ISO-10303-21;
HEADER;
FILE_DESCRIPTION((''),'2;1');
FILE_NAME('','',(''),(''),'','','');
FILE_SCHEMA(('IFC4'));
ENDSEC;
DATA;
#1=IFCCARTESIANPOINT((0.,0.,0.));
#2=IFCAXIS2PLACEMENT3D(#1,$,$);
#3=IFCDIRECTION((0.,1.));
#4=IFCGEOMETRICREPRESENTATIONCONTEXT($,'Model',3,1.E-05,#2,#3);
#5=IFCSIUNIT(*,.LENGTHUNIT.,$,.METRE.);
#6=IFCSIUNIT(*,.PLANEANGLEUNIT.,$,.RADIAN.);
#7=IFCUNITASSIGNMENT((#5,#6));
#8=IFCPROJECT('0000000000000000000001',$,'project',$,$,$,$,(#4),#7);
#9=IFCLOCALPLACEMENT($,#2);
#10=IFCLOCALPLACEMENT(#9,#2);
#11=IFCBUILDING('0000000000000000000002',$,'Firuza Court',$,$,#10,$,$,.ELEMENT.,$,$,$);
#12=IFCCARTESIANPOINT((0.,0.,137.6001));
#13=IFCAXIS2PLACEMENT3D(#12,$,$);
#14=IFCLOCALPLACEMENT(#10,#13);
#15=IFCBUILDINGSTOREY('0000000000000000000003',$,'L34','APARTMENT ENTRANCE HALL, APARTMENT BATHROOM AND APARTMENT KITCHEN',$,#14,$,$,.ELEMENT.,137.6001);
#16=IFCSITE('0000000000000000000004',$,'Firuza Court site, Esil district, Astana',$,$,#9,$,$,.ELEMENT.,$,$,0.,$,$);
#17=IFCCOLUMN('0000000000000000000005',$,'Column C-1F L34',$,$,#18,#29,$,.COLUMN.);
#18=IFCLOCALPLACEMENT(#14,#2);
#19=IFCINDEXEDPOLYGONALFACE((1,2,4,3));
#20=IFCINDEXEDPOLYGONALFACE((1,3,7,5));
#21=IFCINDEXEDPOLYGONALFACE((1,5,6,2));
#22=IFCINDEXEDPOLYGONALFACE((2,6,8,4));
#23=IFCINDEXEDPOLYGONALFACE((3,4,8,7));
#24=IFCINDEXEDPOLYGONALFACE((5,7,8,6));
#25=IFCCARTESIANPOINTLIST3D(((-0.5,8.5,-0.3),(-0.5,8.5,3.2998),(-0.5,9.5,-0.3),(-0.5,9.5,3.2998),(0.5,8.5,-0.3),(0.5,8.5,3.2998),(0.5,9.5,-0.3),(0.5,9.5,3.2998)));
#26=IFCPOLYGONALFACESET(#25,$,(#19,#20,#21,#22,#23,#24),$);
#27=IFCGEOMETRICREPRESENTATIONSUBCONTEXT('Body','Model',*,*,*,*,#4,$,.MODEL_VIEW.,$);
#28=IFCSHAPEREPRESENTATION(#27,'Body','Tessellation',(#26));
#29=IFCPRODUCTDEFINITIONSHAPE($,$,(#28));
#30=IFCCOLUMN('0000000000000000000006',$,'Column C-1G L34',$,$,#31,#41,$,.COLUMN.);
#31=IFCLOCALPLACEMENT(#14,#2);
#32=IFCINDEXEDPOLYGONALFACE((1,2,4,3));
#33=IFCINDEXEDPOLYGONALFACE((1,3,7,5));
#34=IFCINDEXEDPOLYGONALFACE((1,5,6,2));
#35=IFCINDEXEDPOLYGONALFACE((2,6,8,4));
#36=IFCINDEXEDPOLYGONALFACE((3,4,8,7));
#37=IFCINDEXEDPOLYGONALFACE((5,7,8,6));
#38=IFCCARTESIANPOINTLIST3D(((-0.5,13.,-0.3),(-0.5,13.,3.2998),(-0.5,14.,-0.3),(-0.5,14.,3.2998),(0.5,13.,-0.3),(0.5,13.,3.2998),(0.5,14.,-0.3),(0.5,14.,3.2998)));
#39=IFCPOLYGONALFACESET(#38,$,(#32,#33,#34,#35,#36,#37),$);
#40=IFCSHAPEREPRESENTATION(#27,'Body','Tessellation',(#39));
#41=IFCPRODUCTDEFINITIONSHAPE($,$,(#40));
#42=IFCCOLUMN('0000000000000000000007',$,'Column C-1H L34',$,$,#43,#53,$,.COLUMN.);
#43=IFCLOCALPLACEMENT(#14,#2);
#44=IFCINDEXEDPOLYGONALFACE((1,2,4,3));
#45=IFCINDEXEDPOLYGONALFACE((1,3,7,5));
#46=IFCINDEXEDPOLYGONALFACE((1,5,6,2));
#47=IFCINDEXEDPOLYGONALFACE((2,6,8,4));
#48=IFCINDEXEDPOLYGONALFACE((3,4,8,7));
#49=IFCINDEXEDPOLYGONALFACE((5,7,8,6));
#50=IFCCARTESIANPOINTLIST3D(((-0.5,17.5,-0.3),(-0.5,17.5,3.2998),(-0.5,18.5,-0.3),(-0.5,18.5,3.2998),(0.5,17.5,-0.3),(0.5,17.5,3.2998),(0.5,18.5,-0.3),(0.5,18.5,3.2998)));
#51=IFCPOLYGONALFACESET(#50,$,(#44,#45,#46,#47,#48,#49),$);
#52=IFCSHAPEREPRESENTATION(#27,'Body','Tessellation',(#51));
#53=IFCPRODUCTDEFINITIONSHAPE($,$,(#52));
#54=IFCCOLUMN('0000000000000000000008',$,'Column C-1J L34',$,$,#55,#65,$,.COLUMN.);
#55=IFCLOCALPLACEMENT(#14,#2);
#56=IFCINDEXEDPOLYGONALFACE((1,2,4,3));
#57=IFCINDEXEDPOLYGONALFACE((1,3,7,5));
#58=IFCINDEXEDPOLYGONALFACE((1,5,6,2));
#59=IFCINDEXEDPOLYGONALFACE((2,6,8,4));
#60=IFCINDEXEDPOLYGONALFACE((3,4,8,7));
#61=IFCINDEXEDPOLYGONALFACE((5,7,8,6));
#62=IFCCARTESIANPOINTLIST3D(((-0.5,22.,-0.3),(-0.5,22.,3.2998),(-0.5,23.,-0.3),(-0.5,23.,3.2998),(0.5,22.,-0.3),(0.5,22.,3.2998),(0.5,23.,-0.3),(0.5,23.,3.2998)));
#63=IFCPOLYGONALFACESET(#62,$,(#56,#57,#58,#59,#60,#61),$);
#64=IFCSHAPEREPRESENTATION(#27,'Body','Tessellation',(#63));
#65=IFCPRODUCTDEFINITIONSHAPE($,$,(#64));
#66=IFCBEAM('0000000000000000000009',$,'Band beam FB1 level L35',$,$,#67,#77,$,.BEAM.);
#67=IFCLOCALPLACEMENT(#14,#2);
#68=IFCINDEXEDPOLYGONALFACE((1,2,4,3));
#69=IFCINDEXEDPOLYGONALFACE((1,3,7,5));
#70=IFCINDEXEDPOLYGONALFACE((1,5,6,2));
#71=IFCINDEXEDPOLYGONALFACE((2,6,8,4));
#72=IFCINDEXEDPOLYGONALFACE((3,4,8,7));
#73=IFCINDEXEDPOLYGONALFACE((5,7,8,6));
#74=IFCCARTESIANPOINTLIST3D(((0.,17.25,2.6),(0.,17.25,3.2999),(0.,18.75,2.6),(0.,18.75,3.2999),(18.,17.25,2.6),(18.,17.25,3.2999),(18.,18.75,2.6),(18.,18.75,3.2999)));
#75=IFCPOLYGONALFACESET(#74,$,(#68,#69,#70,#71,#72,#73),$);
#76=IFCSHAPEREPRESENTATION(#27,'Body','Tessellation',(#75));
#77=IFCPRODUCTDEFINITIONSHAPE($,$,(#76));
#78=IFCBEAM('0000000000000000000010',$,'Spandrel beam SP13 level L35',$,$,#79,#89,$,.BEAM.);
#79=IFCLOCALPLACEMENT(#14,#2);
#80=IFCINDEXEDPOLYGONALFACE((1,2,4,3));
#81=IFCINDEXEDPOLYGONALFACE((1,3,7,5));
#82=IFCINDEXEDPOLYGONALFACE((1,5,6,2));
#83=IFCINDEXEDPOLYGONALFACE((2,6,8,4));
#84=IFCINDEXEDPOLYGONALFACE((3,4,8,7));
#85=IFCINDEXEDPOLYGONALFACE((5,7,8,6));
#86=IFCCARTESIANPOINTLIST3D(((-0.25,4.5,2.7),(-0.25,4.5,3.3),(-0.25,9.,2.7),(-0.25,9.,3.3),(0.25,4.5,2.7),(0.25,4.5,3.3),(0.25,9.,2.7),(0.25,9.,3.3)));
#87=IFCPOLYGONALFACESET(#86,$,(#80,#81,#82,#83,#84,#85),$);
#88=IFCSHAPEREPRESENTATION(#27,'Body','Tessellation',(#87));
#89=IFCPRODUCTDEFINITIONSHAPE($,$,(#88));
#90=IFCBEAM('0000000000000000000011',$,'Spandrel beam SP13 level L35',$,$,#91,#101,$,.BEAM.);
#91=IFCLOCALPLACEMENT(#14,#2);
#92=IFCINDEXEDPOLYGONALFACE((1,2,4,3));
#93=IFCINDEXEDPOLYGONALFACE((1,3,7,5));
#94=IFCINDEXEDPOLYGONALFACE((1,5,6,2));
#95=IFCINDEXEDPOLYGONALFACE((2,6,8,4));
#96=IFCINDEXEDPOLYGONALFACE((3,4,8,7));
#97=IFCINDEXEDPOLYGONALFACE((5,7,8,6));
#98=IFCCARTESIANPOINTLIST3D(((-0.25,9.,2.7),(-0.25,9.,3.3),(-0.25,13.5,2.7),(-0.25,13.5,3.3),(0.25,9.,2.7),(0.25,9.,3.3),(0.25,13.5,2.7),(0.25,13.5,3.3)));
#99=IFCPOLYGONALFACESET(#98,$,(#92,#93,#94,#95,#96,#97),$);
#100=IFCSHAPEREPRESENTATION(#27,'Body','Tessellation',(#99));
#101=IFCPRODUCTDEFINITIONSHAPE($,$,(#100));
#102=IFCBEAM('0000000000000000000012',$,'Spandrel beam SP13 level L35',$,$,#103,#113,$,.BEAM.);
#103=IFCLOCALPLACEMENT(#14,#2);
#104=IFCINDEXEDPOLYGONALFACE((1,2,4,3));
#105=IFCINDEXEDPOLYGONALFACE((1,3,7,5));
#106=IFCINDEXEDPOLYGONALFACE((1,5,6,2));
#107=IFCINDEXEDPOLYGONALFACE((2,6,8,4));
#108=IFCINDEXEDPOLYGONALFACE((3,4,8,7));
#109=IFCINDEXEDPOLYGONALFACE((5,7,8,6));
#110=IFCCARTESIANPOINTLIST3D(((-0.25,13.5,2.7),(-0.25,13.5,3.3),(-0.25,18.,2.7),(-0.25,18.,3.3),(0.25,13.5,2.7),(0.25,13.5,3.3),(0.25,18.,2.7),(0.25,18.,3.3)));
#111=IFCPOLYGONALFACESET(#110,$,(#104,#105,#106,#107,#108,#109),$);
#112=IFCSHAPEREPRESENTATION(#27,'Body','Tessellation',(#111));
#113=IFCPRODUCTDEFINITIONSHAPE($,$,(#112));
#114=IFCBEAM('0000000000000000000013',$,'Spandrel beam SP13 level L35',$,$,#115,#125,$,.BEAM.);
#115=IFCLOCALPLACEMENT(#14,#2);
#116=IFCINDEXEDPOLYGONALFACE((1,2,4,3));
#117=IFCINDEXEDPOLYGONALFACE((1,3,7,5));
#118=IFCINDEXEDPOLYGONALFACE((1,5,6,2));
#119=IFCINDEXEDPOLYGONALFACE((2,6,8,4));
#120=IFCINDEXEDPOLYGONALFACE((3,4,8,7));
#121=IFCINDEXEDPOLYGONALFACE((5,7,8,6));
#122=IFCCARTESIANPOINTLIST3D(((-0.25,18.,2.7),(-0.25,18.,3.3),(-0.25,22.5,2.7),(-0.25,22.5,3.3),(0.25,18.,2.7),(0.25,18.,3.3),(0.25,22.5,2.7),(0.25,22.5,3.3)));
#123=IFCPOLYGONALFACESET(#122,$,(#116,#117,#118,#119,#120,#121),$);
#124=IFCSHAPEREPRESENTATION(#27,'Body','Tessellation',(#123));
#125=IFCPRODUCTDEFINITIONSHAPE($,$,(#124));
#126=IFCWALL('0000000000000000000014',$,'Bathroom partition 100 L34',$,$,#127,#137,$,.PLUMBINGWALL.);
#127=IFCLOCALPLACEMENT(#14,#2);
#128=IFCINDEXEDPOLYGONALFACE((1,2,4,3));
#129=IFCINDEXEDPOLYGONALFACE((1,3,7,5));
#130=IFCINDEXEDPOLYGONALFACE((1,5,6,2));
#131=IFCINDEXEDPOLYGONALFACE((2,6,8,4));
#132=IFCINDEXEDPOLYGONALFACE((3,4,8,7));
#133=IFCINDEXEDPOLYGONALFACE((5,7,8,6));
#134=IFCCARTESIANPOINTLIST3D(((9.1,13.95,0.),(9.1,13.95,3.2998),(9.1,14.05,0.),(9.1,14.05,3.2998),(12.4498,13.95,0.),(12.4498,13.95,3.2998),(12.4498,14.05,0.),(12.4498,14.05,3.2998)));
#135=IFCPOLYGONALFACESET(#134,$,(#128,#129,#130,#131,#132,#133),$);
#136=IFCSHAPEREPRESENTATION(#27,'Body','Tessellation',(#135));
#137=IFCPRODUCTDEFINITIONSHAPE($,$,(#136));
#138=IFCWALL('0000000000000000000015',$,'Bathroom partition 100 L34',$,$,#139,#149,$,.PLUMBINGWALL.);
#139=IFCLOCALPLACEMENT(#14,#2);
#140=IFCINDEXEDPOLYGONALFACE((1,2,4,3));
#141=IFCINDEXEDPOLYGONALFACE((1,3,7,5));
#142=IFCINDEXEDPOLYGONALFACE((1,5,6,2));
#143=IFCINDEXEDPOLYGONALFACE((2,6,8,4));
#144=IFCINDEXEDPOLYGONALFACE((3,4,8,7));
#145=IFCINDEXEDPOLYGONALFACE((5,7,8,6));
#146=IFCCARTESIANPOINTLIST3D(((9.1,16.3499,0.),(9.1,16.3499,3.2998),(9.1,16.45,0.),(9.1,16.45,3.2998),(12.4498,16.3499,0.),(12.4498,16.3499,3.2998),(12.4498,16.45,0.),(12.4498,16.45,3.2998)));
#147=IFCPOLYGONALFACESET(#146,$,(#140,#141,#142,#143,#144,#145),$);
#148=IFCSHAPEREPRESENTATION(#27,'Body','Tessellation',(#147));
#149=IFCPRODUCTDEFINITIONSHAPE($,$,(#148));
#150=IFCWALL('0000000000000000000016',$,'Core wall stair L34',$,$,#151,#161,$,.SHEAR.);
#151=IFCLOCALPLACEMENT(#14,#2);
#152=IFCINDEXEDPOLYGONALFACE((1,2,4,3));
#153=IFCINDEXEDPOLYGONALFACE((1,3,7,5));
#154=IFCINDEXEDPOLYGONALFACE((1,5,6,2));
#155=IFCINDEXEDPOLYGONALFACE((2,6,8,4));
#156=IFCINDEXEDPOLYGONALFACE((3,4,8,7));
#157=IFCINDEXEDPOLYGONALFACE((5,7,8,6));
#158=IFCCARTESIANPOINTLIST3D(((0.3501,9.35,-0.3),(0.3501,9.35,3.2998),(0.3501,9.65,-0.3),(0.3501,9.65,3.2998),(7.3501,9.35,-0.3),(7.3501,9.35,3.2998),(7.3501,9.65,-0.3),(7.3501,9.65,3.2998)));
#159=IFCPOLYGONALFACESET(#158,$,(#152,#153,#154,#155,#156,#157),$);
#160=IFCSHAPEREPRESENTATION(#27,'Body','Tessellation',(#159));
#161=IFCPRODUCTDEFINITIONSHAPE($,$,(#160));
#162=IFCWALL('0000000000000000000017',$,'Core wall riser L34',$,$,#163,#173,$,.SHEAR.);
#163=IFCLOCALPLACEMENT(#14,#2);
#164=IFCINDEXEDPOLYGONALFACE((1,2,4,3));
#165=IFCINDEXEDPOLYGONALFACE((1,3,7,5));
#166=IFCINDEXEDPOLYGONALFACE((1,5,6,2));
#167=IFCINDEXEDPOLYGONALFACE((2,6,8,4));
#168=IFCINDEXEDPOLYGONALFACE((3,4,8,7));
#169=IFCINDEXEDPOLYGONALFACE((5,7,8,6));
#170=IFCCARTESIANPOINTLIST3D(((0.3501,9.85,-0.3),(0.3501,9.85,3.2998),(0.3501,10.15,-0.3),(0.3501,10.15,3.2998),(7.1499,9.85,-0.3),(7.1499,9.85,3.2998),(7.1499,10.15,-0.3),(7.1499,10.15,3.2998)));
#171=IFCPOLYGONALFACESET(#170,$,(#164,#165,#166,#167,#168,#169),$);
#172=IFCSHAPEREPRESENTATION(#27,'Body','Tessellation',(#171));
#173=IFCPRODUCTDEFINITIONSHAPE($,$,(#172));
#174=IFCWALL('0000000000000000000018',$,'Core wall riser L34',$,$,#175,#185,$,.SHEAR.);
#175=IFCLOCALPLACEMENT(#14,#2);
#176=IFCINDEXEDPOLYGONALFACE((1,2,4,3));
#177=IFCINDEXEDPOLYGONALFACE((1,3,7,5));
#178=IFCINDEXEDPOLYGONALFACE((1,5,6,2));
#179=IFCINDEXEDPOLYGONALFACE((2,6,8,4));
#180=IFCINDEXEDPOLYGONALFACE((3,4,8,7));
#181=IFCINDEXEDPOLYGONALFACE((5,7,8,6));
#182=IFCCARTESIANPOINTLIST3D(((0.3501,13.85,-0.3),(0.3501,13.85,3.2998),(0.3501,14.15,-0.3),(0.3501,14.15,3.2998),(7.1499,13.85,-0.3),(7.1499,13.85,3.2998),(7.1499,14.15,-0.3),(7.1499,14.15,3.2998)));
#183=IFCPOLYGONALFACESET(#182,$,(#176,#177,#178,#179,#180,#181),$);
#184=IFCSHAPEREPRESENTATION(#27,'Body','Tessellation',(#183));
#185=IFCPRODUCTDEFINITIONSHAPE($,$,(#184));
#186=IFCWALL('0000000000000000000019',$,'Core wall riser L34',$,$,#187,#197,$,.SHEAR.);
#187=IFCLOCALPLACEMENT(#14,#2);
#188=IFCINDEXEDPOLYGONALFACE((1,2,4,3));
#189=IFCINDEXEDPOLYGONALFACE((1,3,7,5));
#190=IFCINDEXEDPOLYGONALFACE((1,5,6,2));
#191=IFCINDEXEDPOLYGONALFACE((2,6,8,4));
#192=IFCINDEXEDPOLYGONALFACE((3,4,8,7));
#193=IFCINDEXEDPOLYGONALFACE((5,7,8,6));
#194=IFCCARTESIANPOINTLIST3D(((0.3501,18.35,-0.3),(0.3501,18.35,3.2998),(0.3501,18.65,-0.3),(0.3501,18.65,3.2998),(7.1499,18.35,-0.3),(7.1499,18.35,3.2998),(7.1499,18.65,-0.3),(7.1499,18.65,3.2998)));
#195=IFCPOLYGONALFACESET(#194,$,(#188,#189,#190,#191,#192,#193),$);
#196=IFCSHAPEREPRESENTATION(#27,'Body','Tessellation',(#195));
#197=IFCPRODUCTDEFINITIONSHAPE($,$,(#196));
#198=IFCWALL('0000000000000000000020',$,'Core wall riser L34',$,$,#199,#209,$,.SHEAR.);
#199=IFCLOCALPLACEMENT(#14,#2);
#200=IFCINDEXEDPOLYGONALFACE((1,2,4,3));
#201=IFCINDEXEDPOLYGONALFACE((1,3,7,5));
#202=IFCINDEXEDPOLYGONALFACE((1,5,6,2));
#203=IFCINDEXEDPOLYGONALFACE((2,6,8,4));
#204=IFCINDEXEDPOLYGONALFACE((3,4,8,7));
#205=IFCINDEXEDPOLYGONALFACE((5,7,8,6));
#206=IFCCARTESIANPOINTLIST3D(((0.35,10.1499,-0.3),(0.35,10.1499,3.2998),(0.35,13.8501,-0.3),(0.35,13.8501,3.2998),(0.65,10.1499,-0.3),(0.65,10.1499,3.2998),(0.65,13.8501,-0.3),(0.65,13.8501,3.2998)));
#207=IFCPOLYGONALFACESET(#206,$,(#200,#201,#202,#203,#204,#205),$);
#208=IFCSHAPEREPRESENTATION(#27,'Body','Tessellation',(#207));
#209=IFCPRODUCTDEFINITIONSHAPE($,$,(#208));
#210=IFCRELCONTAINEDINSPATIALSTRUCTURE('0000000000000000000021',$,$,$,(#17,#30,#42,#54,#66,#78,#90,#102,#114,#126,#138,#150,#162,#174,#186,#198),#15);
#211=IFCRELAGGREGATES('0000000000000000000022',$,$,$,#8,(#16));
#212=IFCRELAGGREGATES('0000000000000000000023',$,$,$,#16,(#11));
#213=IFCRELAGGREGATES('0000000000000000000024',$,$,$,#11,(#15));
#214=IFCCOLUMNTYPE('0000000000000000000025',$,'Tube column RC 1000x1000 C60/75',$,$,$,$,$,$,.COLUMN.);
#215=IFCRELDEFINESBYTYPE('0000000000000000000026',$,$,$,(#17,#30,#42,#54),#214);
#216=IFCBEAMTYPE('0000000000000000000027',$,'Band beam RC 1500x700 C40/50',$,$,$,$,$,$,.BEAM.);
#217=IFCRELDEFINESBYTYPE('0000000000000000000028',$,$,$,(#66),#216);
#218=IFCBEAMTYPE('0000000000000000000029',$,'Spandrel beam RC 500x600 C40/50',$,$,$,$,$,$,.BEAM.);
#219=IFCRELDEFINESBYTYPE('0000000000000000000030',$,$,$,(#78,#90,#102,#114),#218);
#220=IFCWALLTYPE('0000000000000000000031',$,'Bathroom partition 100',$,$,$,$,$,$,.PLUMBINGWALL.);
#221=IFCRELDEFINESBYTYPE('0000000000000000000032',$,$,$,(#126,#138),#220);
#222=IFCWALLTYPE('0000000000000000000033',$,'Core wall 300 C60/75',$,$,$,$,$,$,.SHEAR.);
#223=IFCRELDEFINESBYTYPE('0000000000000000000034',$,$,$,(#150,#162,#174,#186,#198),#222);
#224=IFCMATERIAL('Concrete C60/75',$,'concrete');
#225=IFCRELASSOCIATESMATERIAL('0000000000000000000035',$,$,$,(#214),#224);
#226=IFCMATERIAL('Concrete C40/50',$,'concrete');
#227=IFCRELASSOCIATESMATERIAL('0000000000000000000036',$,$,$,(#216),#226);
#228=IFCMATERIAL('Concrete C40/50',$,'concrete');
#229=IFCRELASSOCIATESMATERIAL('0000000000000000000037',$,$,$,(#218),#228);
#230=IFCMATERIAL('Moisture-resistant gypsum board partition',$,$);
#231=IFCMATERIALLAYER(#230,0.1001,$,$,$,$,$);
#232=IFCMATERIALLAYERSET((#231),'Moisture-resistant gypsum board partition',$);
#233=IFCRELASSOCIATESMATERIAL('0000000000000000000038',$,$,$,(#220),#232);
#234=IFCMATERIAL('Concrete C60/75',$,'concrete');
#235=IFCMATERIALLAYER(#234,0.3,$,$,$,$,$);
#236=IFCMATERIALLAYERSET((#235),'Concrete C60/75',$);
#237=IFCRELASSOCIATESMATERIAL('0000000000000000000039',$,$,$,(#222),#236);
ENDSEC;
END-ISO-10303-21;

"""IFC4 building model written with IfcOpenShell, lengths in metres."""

from ifc_helpers import new_model, si_unit, direction, frame, frame_2d, origin, origin_2d, place, context, subcontext, project, spatial, rectangle, extrude, material, layer, layer_set, material_profile, profile_set, type_object, element, save


model = new_model("IFC4")

# Units and contexts
model_context = context("Model", 3, precision=1e-05, world=origin(), true_north=direction((0.0, 1.0)))
body_context = subcontext(model_context, "Body", "Model", "MODEL_VIEW")
ifc_project = project(units=[si_unit("LENGTHUNIT", "METRE"), si_unit("PLANEANGLEUNIT", "RADIAN")], contexts=[model_context])

# Site, building, storey
site_placement = place(None, origin())
site = spatial("IfcSite", under=ifc_project, at=site_placement, Name="Firuza Court site, Esil district, Astana", CompositionType="ELEMENT", RefElevation=0.0)
building_placement = place(site_placement, origin())
building = spatial("IfcBuilding", under=site, at=building_placement, Name="Firuza Court", CompositionType="ELEMENT")
storey_placement = place(building_placement, frame((0.0, 0.0, 137.6001)))
storey = spatial("IfcBuildingStorey", under=building, at=storey_placement, Name="L34", Description="APARTMENT ENTRANCE HALL, APARTMENT BATHROOM AND APARTMENT KITCHEN", CompositionType="ELEMENT", Elevation=137.6001)

# Columns
ifc_material_1 = material(Name="Concrete C60/75", Category="concrete")
ifc_material_profile_1 = material_profile(ifc_material_1, rectangle(XDim=1.0, YDim=1.0, at=origin_2d()), Name="RC 1000x1000")
ifc_profile_set_1 = profile_set([ifc_material_profile_1], Name="Concrete C60/75")
column_type = type_object("IfcColumnType", Name="Tube column RC 1000x1000 C60/75", PredefinedType="COLUMN", material=ifc_profile_set_1)
for number, where, z_axis, x_axis, name in (
    (1, (0.0, 9.0, -0.3), (0.0, 0.0, 1.0), (1.0, 0.0, 0.0), "Column C-1F L34"),
    (2, (0.0, 13.5, -0.3), (0.0, 0.0, 1.0), (1.0, 0.0, 0.0), "Column C-1G L34"),
    (3, (0.0, 18.0, -0.3), (0.0, 0.0, 1.0), (1.0, 0.0, 0.0), "Column C-1H L34"),
    (4, (0.0, 22.5, -0.3), (0.0, 0.0, 1.0), (1.0, 0.0, 0.0), "Column C-1J L34"),
):
    element("IfcColumn", number, at=place(storey_placement, frame(where, z_axis=z_axis, x_axis=x_axis)), inside=storey, type_object=column_type, Name=name, PredefinedType="COLUMN", context=body_context, shape_type="SweptSolid", body=[
        extrude(rectangle(XDim=1.0, YDim=1.0, at=origin_2d()), origin(), (0.0, 0.0, 1.0), 3.5999),
    ])

# Beams
ifc_material_2 = material(Name="Concrete C40/50", Category="concrete")
ifc_material_profile_2 = material_profile(ifc_material_2, rectangle(XDim=1.5, YDim=0.7, at=origin_2d()), Name="RC 1500x700")
ifc_profile_set_2 = profile_set([ifc_material_profile_2], Name="Concrete C40/50")
beam_type_1 = type_object("IfcBeamType", Name="Band beam RC 1500x700 C40/50", PredefinedType="BEAM", material=ifc_profile_set_2)
beam_placement = place(storey_placement, frame((0.0, 18.0, 2.95), z_axis=(1.0, 0.0, 0.0), x_axis=(0.0, 1.0, 0.0)))
element("IfcBeam", 5, at=beam_placement, inside=storey, type_object=beam_type_1, Name="Band beam FB1 level L35", PredefinedType="BEAM", context=body_context, shape_type="SweptSolid", body=[
    extrude(rectangle(XDim=1.5, YDim=0.7, at=origin_2d()), origin(), (0.0, 0.0, 1.0), 18.0),
])
ifc_material_3 = material(Name="Concrete C40/50", Category="concrete")
ifc_material_profile_3 = material_profile(ifc_material_3, rectangle(XDim=0.5, YDim=0.6001, at=origin_2d()), Name="RC 500x600")
ifc_profile_set_3 = profile_set([ifc_material_profile_3], Name="Concrete C40/50")
beam_type_2 = type_object("IfcBeamType", Name="Spandrel beam RC 500x600 C40/50", PredefinedType="BEAM", material=ifc_profile_set_3)
for number, where, z_axis, x_axis, name in (
    (6, (0.0, 9.0, 3.0), (0.0, -1.0, 0.0), (1.0, 0.0, 0.0), "Spandrel beam SP13 level L35"),
    (7, (0.0, 13.5, 3.0), (0.0, -1.0, 0.0), (1.0, 0.0, 0.0), "Spandrel beam SP13 level L35"),
    (8, (0.0, 18.0, 3.0), (0.0, -1.0, 0.0), (1.0, 0.0, 0.0), "Spandrel beam SP13 level L35"),
    (9, (0.0, 22.5, 3.0), (0.0, -1.0, 0.0), (1.0, 0.0, 0.0), "Spandrel beam SP13 level L35"),
):
    element("IfcBeam", number, at=place(storey_placement, frame(where, z_axis=z_axis, x_axis=x_axis)), inside=storey, type_object=beam_type_2, Name=name, PredefinedType="BEAM", context=body_context, shape_type="SweptSolid", body=[
        extrude(rectangle(XDim=0.5, YDim=0.6001, at=origin_2d()), origin(), (0.0, 0.0, 1.0), 4.5),
    ])

# Walls
ifc_material_4 = material(Name="Moisture-resistant gypsum board partition")
ifc_layer_1 = layer(ifc_material_4, 0.1001)
ifc_layer_set_1 = layer_set([ifc_layer_1], Name="Moisture-resistant gypsum board partition")
wall_type_1 = type_object("IfcWallType", Name="Bathroom partition 100", PredefinedType="PLUMBINGWALL", material=ifc_layer_set_1)
for number, where, z_axis, x_axis, name in (
    (10, (9.1001, 14.0, 0.0), (0.0, 0.0, 1.0), (1.0, 0.0, 0.0), "Bathroom partition 100 L34"),
    (11, (9.1001, 16.3999, 0.0), (0.0, 0.0, 1.0), (1.0, 0.0, 0.0), "Bathroom partition 100 L34"),
):
    element("IfcWall", number, at=place(storey_placement, frame(where, z_axis=z_axis, x_axis=x_axis)), inside=storey, type_object=wall_type_1, Name=name, PredefinedType="PLUMBINGWALL", context=body_context, shape_type="SweptSolid", body=[
        extrude(rectangle(XDim=3.3499, YDim=0.1001, at=frame_2d((1.6748, 0.0))), origin(), (0.0, 0.0, 1.0), 3.2998),
    ])
ifc_material_5 = material(Name="Concrete C60/75", Category="concrete")
ifc_layer_2 = layer(ifc_material_5, 0.3)
ifc_layer_set_2 = layer_set([ifc_layer_2], Name="Concrete C60/75")
wall_type_2 = type_object("IfcWallType", Name="Core wall 300 C60/75", PredefinedType="SHEAR", material=ifc_layer_set_2)
wall_1_placement = place(storey_placement, frame((0.3501, 9.5, -0.3), z_axis=(0.0, 0.0, 1.0), x_axis=(1.0, 0.0, 0.0)))
element("IfcWall", 12, at=wall_1_placement, inside=storey, type_object=wall_type_2, Name="Core wall stair L34", PredefinedType="SHEAR", context=body_context, shape_type="SweptSolid", body=[
    extrude(rectangle(XDim=7.0, YDim=0.3, at=frame_2d((3.5, 0.0))), origin(), (0.0, 0.0, 1.0), 3.5999),
])
for number, where, z_axis, x_axis, name in (
    (13, (0.3501, 10.0, -0.3), (0.0, 0.0, 1.0), (1.0, 0.0, 0.0), "Core wall riser L34"),
    (14, (0.3501, 14.0, -0.3), (0.0, 0.0, 1.0), (1.0, 0.0, 0.0), "Core wall riser L34"),
    (15, (0.3501, 18.5, -0.3), (0.0, 0.0, 1.0), (1.0, 0.0, 0.0), "Core wall riser L34"),
):
    element("IfcWall", number, at=place(storey_placement, frame(where, z_axis=z_axis, x_axis=x_axis)), inside=storey, type_object=wall_type_2, Name=name, PredefinedType="SHEAR", context=body_context, shape_type="SweptSolid", body=[
        extrude(rectangle(XDim=6.7998, YDim=0.3, at=frame_2d((3.3999, 0.0))), origin(), (0.0, 0.0, 1.0), 3.5999),
    ])
for number, where, z_axis, x_axis, name in (
    (16, (0.5, 10.1499, -0.3), (0.0, 0.0, 1.0), (0.0, 1.0, 0.0), "Core wall riser L34"),
):
    element("IfcWall", number, at=place(storey_placement, frame(where, z_axis=z_axis, x_axis=x_axis)), inside=storey, type_object=wall_type_2, Name=name, PredefinedType="SHEAR", context=body_context, shape_type="SweptSolid", body=[
        extrude(rectangle(XDim=3.7002, YDim=0.3, at=frame_2d((1.8501, 0.0))), origin(), (0.0, 0.0, 1.0), 3.5999),
    ])

save(model, "model.ifc")
